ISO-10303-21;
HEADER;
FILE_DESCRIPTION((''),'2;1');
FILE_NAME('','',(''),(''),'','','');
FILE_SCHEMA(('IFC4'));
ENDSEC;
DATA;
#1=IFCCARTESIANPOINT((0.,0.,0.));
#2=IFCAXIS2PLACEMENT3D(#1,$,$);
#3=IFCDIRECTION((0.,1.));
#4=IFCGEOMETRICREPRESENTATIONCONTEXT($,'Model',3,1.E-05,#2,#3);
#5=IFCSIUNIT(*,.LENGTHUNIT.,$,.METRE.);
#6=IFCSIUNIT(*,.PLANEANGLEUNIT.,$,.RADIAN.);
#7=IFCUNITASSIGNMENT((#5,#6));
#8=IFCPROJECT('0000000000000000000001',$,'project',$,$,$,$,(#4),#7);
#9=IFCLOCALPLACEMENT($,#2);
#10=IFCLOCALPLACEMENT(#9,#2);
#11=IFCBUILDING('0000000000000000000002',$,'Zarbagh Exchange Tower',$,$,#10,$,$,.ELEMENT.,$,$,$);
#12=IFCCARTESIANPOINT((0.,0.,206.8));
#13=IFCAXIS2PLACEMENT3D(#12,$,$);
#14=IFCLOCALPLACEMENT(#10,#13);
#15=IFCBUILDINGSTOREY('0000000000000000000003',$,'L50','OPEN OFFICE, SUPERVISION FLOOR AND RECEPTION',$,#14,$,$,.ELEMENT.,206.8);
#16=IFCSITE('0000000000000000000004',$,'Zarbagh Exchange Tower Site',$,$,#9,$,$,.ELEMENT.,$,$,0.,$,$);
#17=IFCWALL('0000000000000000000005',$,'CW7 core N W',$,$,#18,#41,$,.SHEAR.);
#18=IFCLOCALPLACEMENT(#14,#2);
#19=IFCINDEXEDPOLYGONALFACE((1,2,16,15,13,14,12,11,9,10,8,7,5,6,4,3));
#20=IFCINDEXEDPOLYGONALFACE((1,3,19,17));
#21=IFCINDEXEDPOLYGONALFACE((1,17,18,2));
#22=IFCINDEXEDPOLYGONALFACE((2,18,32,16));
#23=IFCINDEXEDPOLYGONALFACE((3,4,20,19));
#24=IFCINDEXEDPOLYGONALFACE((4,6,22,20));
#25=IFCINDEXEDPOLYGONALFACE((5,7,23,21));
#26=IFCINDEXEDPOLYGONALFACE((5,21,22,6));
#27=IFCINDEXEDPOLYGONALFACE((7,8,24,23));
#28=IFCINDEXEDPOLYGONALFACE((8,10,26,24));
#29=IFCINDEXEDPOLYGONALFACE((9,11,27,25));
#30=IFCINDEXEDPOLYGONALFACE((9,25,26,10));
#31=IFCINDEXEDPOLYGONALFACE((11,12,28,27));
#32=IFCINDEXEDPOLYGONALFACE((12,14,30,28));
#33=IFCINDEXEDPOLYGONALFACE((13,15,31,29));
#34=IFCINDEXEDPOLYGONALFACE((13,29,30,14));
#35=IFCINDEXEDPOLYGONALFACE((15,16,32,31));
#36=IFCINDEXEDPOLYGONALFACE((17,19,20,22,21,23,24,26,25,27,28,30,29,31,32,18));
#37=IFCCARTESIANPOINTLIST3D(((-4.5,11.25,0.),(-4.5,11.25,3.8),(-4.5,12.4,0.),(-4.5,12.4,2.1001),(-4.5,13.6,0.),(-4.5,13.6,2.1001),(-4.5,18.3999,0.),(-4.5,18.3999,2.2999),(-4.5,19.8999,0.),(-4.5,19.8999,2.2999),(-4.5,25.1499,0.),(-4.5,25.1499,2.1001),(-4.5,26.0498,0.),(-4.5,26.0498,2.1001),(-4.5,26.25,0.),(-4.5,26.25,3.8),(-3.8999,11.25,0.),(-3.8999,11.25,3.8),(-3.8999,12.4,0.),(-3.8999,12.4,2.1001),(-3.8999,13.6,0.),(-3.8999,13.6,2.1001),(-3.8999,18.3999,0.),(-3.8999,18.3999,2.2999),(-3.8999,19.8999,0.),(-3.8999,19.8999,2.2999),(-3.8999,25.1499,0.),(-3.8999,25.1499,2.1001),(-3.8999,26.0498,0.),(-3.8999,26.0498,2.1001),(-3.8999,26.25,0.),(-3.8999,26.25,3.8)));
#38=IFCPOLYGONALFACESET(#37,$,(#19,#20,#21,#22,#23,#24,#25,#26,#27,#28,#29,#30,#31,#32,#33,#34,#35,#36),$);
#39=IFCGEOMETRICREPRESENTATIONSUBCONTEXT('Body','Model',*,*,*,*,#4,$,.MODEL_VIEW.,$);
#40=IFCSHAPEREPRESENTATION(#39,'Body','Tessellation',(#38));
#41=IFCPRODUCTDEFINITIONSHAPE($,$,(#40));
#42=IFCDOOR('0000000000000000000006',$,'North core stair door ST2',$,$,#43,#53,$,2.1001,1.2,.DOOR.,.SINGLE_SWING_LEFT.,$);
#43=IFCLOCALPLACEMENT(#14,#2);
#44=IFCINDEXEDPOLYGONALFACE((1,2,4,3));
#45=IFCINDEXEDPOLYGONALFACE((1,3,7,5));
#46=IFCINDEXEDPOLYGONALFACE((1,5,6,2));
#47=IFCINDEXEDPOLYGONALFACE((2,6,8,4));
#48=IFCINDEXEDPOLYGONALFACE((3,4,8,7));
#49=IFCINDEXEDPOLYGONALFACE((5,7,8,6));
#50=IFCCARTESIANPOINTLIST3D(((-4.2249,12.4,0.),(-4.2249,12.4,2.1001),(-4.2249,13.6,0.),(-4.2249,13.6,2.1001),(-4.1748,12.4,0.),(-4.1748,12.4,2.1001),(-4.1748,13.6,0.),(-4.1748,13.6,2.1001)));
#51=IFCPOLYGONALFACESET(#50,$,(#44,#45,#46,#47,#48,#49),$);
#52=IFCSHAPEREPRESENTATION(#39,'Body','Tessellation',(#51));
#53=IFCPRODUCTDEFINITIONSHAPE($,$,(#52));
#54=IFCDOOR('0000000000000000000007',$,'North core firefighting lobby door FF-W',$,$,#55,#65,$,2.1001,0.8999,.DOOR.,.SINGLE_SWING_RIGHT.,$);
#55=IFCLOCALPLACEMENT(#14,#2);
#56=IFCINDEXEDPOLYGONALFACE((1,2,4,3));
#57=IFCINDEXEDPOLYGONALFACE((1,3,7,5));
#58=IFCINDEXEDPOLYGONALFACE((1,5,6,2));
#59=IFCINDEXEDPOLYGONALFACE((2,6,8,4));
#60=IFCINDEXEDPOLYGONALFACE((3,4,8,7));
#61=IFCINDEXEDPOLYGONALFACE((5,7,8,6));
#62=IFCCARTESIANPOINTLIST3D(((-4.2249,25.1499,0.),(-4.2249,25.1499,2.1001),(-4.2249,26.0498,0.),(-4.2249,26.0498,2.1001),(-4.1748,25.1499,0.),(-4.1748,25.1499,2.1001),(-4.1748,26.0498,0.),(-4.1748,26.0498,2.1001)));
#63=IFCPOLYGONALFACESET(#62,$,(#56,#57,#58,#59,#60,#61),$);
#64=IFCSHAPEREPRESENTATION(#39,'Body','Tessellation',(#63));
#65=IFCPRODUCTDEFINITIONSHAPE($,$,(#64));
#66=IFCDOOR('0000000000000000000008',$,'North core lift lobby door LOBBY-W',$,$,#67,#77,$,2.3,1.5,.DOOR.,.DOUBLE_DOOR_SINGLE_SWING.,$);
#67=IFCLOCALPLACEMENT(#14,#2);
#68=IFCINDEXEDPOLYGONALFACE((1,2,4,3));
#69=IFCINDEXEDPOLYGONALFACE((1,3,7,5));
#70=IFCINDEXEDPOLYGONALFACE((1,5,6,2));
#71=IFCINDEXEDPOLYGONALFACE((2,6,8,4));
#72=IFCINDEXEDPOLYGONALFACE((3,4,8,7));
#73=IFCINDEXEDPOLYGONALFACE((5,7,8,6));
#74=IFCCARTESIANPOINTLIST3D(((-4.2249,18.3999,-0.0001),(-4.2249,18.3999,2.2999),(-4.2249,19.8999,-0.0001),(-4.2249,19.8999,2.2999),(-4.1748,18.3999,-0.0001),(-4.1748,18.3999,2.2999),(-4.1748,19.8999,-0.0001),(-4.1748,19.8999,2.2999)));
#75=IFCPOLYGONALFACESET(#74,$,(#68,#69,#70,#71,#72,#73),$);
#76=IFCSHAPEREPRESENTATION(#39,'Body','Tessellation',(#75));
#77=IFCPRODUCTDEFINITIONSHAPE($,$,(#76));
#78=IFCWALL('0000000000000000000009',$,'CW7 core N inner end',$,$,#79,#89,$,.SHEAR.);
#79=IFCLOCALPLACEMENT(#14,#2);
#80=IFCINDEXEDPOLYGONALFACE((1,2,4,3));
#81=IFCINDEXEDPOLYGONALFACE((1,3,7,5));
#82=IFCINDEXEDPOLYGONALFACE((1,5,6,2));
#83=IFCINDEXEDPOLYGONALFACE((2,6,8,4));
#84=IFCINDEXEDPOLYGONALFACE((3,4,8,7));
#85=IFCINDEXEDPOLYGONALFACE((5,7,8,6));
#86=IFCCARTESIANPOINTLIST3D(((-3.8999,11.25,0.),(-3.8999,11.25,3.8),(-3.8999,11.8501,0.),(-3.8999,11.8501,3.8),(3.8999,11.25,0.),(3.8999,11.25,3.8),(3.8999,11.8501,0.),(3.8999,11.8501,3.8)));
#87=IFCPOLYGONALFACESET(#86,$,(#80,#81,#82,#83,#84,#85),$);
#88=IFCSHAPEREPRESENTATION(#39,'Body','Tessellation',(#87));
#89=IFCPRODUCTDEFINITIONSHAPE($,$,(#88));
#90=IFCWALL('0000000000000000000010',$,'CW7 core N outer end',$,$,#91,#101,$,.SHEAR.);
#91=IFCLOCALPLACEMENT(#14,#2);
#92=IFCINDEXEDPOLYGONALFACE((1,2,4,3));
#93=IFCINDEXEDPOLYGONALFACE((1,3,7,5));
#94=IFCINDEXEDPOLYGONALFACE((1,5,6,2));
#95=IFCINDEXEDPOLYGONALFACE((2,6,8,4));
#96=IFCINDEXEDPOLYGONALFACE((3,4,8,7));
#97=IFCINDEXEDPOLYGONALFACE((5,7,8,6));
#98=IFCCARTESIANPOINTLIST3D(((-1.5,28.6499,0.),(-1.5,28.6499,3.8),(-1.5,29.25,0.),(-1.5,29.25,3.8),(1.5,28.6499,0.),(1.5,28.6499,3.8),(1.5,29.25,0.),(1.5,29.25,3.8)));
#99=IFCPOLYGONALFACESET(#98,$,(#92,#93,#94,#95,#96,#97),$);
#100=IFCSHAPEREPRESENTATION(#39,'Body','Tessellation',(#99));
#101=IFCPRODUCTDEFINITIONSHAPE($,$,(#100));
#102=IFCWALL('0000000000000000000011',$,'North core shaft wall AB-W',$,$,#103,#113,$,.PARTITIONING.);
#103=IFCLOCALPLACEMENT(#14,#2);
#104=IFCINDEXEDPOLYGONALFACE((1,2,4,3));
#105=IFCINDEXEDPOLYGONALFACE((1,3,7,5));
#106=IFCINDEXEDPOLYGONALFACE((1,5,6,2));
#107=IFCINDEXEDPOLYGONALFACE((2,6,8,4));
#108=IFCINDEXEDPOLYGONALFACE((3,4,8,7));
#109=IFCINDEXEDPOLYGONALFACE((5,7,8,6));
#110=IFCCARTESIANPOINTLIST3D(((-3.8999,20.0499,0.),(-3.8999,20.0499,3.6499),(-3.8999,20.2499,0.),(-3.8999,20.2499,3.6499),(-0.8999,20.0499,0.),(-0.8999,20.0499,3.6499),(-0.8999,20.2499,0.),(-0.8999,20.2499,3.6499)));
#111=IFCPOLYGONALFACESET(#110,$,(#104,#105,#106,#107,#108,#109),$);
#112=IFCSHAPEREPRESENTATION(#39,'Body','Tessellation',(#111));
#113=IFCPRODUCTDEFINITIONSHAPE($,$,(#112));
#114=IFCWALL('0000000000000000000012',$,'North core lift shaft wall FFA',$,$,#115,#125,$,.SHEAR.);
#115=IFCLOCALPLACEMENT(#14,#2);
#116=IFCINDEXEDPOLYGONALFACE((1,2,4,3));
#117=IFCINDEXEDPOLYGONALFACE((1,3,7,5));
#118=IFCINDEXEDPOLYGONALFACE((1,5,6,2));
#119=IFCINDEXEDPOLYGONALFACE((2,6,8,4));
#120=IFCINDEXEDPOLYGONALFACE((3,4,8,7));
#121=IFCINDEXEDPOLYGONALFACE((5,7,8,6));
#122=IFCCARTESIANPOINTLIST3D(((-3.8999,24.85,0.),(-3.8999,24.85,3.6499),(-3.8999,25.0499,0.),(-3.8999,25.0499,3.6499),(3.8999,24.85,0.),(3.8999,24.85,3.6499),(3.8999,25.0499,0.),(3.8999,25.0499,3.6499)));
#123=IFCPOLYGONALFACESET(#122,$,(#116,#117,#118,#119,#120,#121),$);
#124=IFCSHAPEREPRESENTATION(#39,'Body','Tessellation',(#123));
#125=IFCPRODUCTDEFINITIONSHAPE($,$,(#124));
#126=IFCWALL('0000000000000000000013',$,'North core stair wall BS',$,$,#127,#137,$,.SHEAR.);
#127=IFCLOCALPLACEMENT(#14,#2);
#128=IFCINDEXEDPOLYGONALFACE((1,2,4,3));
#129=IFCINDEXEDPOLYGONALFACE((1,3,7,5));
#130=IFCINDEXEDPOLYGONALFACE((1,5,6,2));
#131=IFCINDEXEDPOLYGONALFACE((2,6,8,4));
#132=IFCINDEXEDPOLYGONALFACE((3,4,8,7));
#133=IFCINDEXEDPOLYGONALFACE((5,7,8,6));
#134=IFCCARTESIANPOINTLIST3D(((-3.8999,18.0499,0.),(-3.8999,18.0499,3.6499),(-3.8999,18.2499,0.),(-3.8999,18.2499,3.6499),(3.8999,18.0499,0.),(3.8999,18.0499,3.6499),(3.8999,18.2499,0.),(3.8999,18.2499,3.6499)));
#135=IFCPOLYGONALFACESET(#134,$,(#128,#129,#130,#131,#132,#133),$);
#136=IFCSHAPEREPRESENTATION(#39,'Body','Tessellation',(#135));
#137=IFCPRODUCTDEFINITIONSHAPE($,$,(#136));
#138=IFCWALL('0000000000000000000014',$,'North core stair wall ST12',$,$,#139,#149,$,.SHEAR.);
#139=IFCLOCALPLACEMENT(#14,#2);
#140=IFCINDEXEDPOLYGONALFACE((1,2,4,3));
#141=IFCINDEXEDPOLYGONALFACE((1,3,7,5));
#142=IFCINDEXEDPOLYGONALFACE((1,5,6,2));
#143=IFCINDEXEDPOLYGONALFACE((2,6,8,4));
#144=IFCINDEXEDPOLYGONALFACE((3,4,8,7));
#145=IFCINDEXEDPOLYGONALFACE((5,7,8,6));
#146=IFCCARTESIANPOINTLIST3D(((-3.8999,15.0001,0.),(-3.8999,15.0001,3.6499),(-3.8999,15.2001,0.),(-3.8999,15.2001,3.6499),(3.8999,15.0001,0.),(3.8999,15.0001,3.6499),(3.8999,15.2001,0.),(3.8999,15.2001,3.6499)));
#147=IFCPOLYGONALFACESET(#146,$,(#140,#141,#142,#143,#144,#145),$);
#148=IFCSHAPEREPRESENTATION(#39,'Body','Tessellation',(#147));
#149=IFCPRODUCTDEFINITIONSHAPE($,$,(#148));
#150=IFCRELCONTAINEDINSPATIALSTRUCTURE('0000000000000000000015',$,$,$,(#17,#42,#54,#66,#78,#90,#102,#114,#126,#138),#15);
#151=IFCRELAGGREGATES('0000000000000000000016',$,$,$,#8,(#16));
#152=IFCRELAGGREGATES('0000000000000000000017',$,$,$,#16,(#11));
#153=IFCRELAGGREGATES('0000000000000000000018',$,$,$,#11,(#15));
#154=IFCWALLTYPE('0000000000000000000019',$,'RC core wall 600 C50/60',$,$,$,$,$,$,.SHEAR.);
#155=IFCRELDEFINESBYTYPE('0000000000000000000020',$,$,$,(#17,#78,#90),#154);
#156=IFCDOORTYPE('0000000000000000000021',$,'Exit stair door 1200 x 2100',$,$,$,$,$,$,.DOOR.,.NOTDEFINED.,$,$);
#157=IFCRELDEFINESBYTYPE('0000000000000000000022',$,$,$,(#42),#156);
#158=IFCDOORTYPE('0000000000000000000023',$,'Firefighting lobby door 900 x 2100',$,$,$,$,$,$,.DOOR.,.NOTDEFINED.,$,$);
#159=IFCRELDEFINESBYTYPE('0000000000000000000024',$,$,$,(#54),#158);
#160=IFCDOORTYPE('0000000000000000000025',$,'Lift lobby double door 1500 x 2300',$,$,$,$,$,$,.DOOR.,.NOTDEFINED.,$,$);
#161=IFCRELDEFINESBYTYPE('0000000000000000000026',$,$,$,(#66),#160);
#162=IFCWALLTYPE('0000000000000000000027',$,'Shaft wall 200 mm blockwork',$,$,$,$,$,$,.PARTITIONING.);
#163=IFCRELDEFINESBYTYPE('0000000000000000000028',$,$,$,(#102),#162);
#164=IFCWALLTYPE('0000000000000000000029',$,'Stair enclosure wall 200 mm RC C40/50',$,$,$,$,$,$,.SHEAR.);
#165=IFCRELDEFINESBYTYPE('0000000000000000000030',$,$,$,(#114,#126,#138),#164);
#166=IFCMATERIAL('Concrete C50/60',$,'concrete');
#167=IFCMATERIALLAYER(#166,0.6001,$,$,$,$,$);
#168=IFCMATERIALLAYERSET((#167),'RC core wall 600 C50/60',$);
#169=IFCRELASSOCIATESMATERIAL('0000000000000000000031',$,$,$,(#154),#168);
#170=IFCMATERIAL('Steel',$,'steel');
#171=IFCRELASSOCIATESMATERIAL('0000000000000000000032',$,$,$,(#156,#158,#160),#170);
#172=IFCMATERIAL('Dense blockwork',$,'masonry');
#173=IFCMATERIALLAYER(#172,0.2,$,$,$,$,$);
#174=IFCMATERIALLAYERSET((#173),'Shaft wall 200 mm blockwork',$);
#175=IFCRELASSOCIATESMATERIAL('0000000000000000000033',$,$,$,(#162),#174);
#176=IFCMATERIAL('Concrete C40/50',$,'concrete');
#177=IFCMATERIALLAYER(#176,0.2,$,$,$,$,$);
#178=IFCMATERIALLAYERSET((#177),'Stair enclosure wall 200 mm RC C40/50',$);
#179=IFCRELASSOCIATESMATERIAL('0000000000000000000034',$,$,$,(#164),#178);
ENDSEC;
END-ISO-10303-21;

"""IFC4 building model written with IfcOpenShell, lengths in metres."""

from ifc_helpers import new_model, si_unit, direction, frame, frame_2d, origin, place, context, subcontext, project, spatial, rectangle, extrude, material, layer, layer_set, type_object, element, fill, save


model = new_model("IFC4")

# Units and contexts
model_context = context("Model", 3, precision=1e-05, world=origin(), true_north=direction((0.0, 1.0)))
body_context = subcontext(model_context, "Body", "Model", "MODEL_VIEW")
ifc_project = project(units=[si_unit("LENGTHUNIT", "METRE"), si_unit("PLANEANGLEUNIT", "RADIAN")], contexts=[model_context])

# Site, building, storey
site_placement = place(None, origin())
site = spatial("IfcSite", under=ifc_project, at=site_placement, Name="Zarbagh Exchange Tower Site", CompositionType="ELEMENT", RefElevation=0.0)
building_placement = place(site_placement, origin())
building = spatial("IfcBuilding", under=site, at=building_placement, Name="Zarbagh Exchange Tower", CompositionType="ELEMENT")
storey_placement = place(building_placement, frame((0.0, 0.0, 206.8)))
storey = spatial("IfcBuildingStorey", under=building, at=storey_placement, Name="L50", Description="OPEN OFFICE, SUPERVISION FLOOR AND RECEPTION", CompositionType="ELEMENT", Elevation=206.8)

# Shared definitions
ifc_material_1 = material(Name="Concrete C50/60", Category="concrete")

# Wall, openings, doors
ifc_layer_1 = layer(ifc_material_1, 0.6001)
ifc_layer_set_1 = layer_set([ifc_layer_1], Name="RC core wall 600 C50/60")
wall_type_1 = type_object("IfcWallType", Name="RC core wall 600 C50/60", PredefinedType="SHEAR", material=ifc_layer_set_1)
wall_1_placement = place(storey_placement, frame((-4.2, 11.25, 0.0), z_axis=(0.0, 0.0, 1.0), x_axis=(0.0, 1.0, 0.0)))
wall_1 = element("IfcWall", 1, at=wall_1_placement, inside=storey, type_object=wall_type_1, Name="CW7 core N W", PredefinedType="SHEAR", context=body_context, shape_type="SweptSolid", body=[
    extrude(rectangle(XDim=15.0, YDim=0.6001, at=frame_2d((7.5, 0.0))), origin(), (0.0, 0.0, 1.0), 3.8),
])
opening_1_placement = place(wall_1_placement, frame((7.1499, 0.0, 0.0)))
opening_1 = element("IfcOpeningElement", 2, at=opening_1_placement, cuts=wall_1, PredefinedType="OPENING", context=body_context, shape_type="SweptSolid", body=[
    extrude(rectangle(XDim=1.5, YDim=2.3, at=frame_2d((0.75, 1.1499))), frame((0.0, 0.3101, 0.0), z_axis=(0.0, -1.0, 0.0), x_axis=(1.0, 0.0, 0.0)), (0.0, 0.0, 1.0), 0.6201),
])
opening_2_placement = place(wall_1_placement, frame((13.8999, 0.0, 0.0)))
opening_2 = element("IfcOpeningElement", 3, at=opening_2_placement, cuts=wall_1, PredefinedType="OPENING", context=body_context, shape_type="SweptSolid", body=[
    extrude(rectangle(XDim=0.8999, YDim=2.1001, at=frame_2d((0.45, 1.05))), frame((0.0, 0.3101, 0.0), z_axis=(0.0, -1.0, 0.0), x_axis=(1.0, 0.0, 0.0)), (0.0, 0.0, 1.0), 0.6201),
])
opening_3_placement = place(wall_1_placement, frame((1.1499, 0.0, 0.0)))
opening_3 = element("IfcOpeningElement", 4, at=opening_3_placement, cuts=wall_1, PredefinedType="OPENING", context=body_context, shape_type="SweptSolid", body=[
    extrude(rectangle(XDim=1.2, YDim=2.1001, at=frame_2d((0.6001, 1.05))), frame((0.0, 0.3101, 0.0), z_axis=(0.0, -1.0, 0.0), x_axis=(1.0, 0.0, 0.0)), (0.0, 0.0, 1.0), 0.6201),
])
ifc_material_2 = material(Name="Steel", Category="steel")
door_type_1 = type_object("IfcDoorType", Name="Exit stair door 1200 x 2100", OperationType="NOTDEFINED", PredefinedType="DOOR", material=ifc_material_2)
door_1_placement = place(opening_3_placement, origin())
door_1 = element("IfcDoor", 5, at=door_1_placement, inside=storey, type_object=door_type_1, Name="North core stair door ST2", OperationType="SINGLE_SWING_LEFT", OverallHeight=2.1001, OverallWidth=1.2, PredefinedType="DOOR", context=body_context, shape_type="SweptSolid", body=[
    extrude(rectangle(XDim=1.2, YDim=2.1001, at=frame_2d((0.6001, 1.05))), frame((0.0, 0.0249, 0.0), z_axis=(0.0, -1.0, 0.0), x_axis=(1.0, 0.0, 0.0)), (0.0, 0.0, 1.0), 0.05),
])
fill(opening_3, door_1)
door_type_2 = type_object("IfcDoorType", Name="Firefighting lobby door 900 x 2100", OperationType="NOTDEFINED", PredefinedType="DOOR", material=ifc_material_2)
door_2_placement = place(opening_2_placement, origin())
door_2 = element("IfcDoor", 6, at=door_2_placement, inside=storey, type_object=door_type_2, Name="North core firefighting lobby door FF-W", OperationType="SINGLE_SWING_RIGHT", OverallHeight=2.1001, OverallWidth=0.8999, PredefinedType="DOOR", context=body_context, shape_type="SweptSolid", body=[
    extrude(rectangle(XDim=0.8999, YDim=2.1001, at=frame_2d((0.45, 1.05))), frame((0.0, 0.0249, 0.0), z_axis=(0.0, -1.0, 0.0), x_axis=(1.0, 0.0, 0.0)), (0.0, 0.0, 1.0), 0.05),
])
fill(opening_2, door_2)
door_type_3 = type_object("IfcDoorType", Name="Lift lobby double door 1500 x 2300", OperationType="NOTDEFINED", PredefinedType="DOOR", material=ifc_material_2)
door_3_placement = place(opening_1_placement, origin())
door_3 = element("IfcDoor", 7, at=door_3_placement, inside=storey, type_object=door_type_3, Name="North core lift lobby door LOBBY-W", OperationType="DOUBLE_DOOR_SINGLE_SWING", OverallHeight=2.3, OverallWidth=1.5, PredefinedType="DOOR", context=body_context, shape_type="SweptSolid", body=[
    extrude(rectangle(XDim=1.5, YDim=2.3, at=frame_2d((0.75, 1.1499))), frame((0.0, 0.0249, 0.0), z_axis=(0.0, -1.0, 0.0), x_axis=(1.0, 0.0, 0.0)), (0.0, 0.0, 1.0), 0.05),
])
fill(opening_1, door_3)

# Walls
wall_2_placement = place(storey_placement, frame((-3.8999, 11.55, 0.0), z_axis=(0.0, 0.0, 1.0), x_axis=(1.0, 0.0, 0.0)))
element("IfcWall", 8, at=wall_2_placement, inside=storey, type_object=wall_type_1, Name="CW7 core N inner end", PredefinedType="SHEAR", context=body_context, shape_type="SweptSolid", body=[
    extrude(rectangle(XDim=7.7998, YDim=0.6001, at=frame_2d((3.8999, 0.0))), origin(), (0.0, 0.0, 1.0), 3.8),
])
wall_3_placement = place(storey_placement, frame((-1.5, 28.95, 0.0), z_axis=(0.0, 0.0, 1.0), x_axis=(1.0, 0.0, 0.0)))
element("IfcWall", 9, at=wall_3_placement, inside=storey, type_object=wall_type_1, Name="CW7 core N outer end", PredefinedType="SHEAR", context=body_context, shape_type="SweptSolid", body=[
    extrude(rectangle(XDim=3.0, YDim=0.6001, at=frame_2d((1.5, 0.0))), origin(), (0.0, 0.0, 1.0), 3.8),
])
ifc_material_3 = material(Name="Dense blockwork", Category="masonry")
ifc_layer_2 = layer(ifc_material_3, 0.2)
ifc_layer_set_2 = layer_set([ifc_layer_2], Name="Shaft wall 200 mm blockwork")
wall_type_2 = type_object("IfcWallType", Name="Shaft wall 200 mm blockwork", PredefinedType="PARTITIONING", material=ifc_layer_set_2)
wall_4_placement = place(storey_placement, frame((-3.8999, 20.1499, 0.0), z_axis=(0.0, 0.0, 1.0), x_axis=(1.0, 0.0, 0.0)))
element("IfcWall", 10, at=wall_4_placement, inside=storey, type_object=wall_type_2, Name="North core shaft wall AB-W", PredefinedType="PARTITIONING", context=body_context, shape_type="SweptSolid", body=[
    extrude(rectangle(XDim=3.0, YDim=0.2, at=frame_2d((1.5, 0.0))), origin(), (0.0, 0.0, 1.0), 3.6499),
])
ifc_material_4 = material(Name="Concrete C40/50", Category="concrete")
ifc_layer_3 = layer(ifc_material_4, 0.2)
ifc_layer_set_3 = layer_set([ifc_layer_3], Name="Stair enclosure wall 200 mm RC C40/50")
wall_type_3 = type_object("IfcWallType", Name="Stair enclosure wall 200 mm RC C40/50", PredefinedType="SHEAR", material=ifc_layer_set_3)
for number, where, z_axis, x_axis, name in (
    (11, (-3.8999, 24.95, 0.0), (0.0, 0.0, 1.0), (1.0, 0.0, 0.0), "North core lift shaft wall FFA"),
    (12, (-3.8999, 18.1499, 0.0), (0.0, 0.0, 1.0), (1.0, 0.0, 0.0), "North core stair wall BS"),
    (13, (-3.8999, 15.1001, 0.0), (0.0, 0.0, 1.0), (1.0, 0.0, 0.0), "North core stair wall ST12"),
):
    element("IfcWall", number, at=place(storey_placement, frame(where, z_axis=z_axis, x_axis=x_axis)), inside=storey, type_object=wall_type_3, Name=name, PredefinedType="SHEAR", context=body_context, shape_type="SweptSolid", body=[
        extrude(rectangle(XDim=7.7998, YDim=0.2, at=frame_2d((3.8999, 0.0))), origin(), (0.0, 0.0, 1.0), 3.6499),
    ])

save(model, "model.ifc")
